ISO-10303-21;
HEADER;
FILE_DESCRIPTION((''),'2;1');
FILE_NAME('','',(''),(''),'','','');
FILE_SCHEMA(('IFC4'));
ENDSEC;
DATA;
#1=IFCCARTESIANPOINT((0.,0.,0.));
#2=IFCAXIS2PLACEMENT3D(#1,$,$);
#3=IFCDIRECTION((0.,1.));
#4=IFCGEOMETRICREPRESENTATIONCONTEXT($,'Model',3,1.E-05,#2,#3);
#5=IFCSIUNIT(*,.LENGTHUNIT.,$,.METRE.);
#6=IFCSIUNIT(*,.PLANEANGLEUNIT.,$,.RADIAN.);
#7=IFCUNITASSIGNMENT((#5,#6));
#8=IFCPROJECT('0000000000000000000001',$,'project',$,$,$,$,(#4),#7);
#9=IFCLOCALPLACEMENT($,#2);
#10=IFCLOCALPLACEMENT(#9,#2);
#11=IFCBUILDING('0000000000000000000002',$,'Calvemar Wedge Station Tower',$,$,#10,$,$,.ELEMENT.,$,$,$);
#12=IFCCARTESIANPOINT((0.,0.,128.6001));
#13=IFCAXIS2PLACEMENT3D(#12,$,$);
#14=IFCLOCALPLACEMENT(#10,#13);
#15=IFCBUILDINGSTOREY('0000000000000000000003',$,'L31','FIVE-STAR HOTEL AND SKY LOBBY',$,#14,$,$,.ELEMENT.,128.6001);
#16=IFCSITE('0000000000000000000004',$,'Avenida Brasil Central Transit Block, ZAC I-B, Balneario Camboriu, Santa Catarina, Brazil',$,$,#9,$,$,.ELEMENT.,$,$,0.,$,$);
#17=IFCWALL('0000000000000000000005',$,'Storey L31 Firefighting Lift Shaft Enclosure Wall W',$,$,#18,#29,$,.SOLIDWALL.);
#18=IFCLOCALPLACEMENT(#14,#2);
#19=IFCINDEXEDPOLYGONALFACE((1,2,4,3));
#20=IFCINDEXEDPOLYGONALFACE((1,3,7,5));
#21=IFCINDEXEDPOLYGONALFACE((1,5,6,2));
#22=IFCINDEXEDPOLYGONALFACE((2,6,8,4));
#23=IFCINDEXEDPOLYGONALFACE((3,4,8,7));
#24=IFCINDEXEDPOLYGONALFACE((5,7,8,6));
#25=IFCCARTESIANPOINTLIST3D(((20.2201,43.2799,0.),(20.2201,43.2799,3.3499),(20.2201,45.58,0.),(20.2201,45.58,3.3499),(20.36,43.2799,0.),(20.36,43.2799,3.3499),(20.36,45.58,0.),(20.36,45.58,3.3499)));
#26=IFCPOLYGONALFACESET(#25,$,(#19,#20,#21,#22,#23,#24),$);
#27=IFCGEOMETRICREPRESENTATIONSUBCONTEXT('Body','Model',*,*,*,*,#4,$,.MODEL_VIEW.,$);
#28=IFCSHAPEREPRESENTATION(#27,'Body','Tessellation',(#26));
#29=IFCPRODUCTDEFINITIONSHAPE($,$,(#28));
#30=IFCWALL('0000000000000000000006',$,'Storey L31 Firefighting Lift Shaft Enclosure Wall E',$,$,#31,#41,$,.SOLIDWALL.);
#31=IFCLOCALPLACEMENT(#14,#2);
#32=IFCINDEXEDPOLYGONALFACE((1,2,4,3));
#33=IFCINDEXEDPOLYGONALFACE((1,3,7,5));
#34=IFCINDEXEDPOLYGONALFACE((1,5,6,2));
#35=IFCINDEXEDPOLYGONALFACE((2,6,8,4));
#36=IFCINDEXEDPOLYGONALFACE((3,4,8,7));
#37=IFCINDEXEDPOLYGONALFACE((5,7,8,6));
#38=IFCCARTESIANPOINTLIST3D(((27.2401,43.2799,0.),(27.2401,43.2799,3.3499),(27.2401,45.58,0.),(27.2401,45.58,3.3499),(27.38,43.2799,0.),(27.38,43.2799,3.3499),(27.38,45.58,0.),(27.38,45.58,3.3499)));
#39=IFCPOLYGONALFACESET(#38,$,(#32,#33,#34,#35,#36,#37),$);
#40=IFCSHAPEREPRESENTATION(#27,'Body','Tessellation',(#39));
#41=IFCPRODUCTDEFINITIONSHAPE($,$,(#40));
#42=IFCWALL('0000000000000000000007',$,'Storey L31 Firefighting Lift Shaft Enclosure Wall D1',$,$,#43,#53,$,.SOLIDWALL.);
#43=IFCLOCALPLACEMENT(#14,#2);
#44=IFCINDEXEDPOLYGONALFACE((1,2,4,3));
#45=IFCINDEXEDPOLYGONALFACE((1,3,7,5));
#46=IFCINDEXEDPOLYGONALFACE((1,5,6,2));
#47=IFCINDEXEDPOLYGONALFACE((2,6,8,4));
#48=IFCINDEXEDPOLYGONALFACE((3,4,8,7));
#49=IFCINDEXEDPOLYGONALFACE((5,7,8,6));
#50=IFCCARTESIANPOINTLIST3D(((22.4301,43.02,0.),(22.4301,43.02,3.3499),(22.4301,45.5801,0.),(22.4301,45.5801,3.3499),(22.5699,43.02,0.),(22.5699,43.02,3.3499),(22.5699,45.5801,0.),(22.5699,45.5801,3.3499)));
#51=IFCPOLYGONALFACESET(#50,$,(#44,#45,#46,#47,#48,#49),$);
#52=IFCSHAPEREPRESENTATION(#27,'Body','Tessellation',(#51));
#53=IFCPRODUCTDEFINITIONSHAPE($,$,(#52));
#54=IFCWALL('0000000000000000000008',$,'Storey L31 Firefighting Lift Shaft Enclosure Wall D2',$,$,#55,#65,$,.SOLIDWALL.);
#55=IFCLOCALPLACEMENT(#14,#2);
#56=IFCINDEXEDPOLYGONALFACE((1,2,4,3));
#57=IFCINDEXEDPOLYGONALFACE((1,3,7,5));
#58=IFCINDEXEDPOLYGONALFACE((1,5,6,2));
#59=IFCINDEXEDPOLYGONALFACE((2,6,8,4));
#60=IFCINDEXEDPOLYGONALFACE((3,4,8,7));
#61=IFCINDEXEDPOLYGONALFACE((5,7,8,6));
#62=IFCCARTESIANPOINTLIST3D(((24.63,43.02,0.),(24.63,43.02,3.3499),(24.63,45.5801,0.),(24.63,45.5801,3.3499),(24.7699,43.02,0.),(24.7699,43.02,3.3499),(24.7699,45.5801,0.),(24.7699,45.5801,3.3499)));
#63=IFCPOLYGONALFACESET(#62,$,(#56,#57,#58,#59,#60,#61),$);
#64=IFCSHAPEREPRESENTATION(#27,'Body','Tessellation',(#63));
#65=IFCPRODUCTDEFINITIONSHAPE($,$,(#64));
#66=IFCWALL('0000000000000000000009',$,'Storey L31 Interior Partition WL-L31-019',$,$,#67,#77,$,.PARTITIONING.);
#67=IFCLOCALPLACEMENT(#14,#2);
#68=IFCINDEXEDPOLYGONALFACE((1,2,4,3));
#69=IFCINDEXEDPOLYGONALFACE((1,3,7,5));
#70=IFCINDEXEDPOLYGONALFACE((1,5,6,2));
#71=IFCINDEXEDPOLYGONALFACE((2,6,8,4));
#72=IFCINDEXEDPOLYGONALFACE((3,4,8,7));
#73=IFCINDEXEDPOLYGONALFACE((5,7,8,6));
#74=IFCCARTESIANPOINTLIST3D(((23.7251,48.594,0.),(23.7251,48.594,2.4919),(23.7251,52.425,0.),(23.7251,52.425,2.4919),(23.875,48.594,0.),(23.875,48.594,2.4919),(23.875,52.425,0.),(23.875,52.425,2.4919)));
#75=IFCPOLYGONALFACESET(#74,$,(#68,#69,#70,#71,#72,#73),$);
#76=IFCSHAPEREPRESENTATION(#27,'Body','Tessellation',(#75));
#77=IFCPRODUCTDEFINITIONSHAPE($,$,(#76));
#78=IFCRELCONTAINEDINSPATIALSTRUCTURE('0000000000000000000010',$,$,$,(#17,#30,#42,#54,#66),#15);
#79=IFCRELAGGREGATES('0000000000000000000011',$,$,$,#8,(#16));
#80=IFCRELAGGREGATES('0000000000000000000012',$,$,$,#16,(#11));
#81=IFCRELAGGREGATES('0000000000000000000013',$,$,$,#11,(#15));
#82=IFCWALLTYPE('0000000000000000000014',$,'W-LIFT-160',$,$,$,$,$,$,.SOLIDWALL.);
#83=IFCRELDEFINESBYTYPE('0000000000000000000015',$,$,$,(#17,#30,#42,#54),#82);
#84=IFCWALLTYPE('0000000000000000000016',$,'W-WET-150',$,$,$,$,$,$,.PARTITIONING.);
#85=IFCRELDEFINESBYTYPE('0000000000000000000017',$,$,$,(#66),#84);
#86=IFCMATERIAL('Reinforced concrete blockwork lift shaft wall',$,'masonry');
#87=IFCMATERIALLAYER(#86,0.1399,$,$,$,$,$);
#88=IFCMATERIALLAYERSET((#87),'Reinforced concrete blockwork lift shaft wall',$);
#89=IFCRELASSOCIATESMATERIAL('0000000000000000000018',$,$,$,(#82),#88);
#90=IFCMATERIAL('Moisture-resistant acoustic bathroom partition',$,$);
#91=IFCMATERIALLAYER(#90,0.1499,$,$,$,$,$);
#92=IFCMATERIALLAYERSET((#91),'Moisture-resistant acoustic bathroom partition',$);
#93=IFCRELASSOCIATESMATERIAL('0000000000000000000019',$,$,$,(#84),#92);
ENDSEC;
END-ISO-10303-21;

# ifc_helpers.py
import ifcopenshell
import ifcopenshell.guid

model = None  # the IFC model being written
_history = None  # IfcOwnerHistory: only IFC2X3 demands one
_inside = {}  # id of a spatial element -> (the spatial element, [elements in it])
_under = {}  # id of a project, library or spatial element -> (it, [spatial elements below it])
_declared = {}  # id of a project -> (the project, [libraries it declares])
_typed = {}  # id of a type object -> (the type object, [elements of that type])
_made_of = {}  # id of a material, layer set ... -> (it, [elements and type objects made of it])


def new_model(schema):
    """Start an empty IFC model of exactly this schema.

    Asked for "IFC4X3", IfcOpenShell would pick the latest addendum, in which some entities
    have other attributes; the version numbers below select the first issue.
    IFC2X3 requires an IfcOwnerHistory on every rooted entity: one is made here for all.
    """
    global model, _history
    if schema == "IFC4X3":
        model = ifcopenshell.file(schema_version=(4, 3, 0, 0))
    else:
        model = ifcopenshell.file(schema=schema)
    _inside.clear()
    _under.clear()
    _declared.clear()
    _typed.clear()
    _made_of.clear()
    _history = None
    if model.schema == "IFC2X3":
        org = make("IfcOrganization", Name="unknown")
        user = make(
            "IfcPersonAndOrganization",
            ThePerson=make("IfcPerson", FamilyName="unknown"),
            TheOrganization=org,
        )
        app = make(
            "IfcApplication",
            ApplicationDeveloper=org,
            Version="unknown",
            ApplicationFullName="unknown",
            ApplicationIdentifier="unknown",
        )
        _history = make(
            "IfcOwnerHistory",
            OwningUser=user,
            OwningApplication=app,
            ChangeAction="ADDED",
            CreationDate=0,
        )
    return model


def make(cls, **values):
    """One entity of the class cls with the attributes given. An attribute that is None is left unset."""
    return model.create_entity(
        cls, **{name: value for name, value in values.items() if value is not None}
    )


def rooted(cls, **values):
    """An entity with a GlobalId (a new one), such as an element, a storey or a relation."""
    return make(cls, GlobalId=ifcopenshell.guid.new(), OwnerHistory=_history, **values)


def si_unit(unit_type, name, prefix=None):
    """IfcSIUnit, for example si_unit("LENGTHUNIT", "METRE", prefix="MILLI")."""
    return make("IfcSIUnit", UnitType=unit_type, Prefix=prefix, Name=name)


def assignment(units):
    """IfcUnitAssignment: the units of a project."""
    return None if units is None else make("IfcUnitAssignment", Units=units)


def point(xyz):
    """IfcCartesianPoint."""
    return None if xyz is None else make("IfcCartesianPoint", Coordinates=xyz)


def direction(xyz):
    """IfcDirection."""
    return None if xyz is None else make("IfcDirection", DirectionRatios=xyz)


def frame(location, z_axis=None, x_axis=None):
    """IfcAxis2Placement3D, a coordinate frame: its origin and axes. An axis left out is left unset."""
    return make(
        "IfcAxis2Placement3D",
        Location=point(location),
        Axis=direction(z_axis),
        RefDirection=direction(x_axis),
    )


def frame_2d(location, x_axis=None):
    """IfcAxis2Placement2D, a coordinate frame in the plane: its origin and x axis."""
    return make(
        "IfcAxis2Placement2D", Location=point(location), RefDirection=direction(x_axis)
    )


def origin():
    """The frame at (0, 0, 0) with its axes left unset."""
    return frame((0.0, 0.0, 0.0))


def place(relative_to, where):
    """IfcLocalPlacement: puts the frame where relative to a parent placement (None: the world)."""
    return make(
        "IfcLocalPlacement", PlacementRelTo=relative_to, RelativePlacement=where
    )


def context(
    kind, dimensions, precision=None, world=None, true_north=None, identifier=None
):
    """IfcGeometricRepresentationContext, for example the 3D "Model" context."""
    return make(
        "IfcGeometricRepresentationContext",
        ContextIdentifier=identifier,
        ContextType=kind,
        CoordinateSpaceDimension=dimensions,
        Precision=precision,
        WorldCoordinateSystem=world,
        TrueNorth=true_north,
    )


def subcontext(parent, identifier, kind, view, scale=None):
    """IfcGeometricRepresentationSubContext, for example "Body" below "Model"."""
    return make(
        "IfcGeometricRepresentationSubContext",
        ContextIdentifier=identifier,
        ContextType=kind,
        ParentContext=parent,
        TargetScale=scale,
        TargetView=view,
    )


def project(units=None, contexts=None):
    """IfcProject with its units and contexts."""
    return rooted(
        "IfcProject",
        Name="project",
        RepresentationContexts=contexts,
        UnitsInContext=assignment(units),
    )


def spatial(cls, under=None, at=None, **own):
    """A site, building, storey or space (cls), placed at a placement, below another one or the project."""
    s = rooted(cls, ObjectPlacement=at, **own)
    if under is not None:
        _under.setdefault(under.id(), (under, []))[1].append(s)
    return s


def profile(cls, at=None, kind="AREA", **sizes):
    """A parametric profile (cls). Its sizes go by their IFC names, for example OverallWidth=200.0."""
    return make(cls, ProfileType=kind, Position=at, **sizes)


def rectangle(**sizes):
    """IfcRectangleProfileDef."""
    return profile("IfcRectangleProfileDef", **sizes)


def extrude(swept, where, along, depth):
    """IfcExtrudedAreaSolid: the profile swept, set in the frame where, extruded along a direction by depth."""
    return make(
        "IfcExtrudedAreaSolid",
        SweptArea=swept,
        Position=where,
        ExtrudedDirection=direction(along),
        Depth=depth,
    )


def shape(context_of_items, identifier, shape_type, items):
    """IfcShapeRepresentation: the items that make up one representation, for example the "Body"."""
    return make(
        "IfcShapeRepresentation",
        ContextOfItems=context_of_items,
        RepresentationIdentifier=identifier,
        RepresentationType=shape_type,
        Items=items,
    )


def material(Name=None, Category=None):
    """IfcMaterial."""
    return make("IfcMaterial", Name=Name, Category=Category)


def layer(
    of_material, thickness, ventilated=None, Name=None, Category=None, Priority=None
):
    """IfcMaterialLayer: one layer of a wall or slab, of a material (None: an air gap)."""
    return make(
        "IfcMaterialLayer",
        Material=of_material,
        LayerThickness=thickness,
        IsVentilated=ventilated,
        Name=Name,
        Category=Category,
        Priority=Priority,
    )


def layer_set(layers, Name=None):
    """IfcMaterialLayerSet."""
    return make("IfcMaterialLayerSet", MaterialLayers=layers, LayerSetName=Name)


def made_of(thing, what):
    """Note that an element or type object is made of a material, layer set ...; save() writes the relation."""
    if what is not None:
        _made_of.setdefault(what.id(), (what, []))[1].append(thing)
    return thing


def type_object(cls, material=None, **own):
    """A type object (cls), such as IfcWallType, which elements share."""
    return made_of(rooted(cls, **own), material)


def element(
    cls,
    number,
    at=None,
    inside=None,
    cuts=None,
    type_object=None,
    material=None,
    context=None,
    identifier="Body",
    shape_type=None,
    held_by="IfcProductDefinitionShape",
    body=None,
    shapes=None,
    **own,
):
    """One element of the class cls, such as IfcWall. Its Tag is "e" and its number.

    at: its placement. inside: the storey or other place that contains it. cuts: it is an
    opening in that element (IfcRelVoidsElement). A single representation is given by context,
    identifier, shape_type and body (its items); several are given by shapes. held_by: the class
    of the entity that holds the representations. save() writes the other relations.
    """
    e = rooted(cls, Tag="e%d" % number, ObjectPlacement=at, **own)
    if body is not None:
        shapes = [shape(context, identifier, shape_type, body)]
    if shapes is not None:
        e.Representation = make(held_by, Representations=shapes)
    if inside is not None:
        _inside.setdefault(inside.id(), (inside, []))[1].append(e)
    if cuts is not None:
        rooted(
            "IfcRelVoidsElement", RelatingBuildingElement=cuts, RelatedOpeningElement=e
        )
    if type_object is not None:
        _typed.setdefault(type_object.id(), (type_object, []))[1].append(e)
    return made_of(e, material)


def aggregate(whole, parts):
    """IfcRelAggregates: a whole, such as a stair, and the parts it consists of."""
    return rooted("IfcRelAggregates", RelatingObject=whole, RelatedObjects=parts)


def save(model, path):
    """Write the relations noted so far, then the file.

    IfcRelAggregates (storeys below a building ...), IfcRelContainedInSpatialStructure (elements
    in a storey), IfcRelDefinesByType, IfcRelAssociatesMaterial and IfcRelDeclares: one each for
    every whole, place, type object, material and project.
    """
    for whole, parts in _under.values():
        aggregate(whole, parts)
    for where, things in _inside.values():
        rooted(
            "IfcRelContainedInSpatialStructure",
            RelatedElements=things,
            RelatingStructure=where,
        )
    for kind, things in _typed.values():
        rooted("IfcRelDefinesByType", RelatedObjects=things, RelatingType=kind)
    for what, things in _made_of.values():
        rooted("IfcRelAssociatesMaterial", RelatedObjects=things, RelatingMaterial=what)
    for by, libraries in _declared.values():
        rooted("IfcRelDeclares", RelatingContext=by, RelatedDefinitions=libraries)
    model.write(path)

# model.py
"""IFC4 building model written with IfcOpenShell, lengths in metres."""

from ifc_helpers import new_model, si_unit, direction, frame, frame_2d, origin, place, context, subcontext, project, spatial, rectangle, extrude, material, layer, layer_set, type_object, element, save


model = new_model("IFC4")

# Units and contexts
model_context = context("Model", 3, precision=1e-05, world=origin(), true_north=direction((0.0, 1.0)))
body_context = subcontext(model_context, "Body", "Model", "MODEL_VIEW")
ifc_project = project(units=[si_unit("LENGTHUNIT", "METRE"), si_unit("PLANEANGLEUNIT", "RADIAN")], contexts=[model_context])

# Site, building, storey
site_placement = place(None, origin())
site = spatial("IfcSite", under=ifc_project, at=site_placement, Name="Avenida Brasil Central Transit Block, ZAC I-B, Balneario Camboriu, Santa Catarina, Brazil", CompositionType="ELEMENT", RefElevation=0.0)
building_placement = place(site_placement, origin())
building = spatial("IfcBuilding", under=site, at=building_placement, Name="Calvemar Wedge Station Tower", CompositionType="ELEMENT")
storey_placement = place(building_placement, frame((0.0, 0.0, 128.6001)))
storey = spatial("IfcBuildingStorey", under=building, at=storey_placement, Name="L31", Description="FIVE-STAR HOTEL AND SKY LOBBY", CompositionType="ELEMENT", Elevation=128.6001)

# Walls
ifc_material_1 = material(Name="Reinforced concrete blockwork lift shaft wall", Category="masonry")
ifc_layer_1 = layer(ifc_material_1, 0.1399)
ifc_layer_set_1 = layer_set([ifc_layer_1], Name="Reinforced concrete blockwork lift shaft wall")
wall_type_1 = type_object("IfcWallType", Name="W-LIFT-160", PredefinedType="SOLIDWALL", material=ifc_layer_set_1)
for number, where, z_axis, x_axis, name in (
    (1, (20.29, 43.28, 0.0), (0.0, 0.0, 1.0), (0.0, 1.0, 0.0), "Storey L31 Firefighting Lift Shaft Enclosure Wall W"),
    (2, (27.3101, 43.28, 0.0), (0.0, 0.0, 1.0), (0.0, 1.0, 0.0), "Storey L31 Firefighting Lift Shaft Enclosure Wall E"),
):
    element("IfcWall", number, at=place(storey_placement, frame(where, z_axis=z_axis, x_axis=x_axis)), inside=storey, type_object=wall_type_1, Name=name, PredefinedType="SOLIDWALL", context=body_context, shape_type="SweptSolid", body=[
        extrude(rectangle(XDim=2.3, YDim=0.1399, at=frame_2d((1.1499, 0.0))), origin(), (0.0, 0.0, 1.0), 3.3499),
    ])
for number, where, z_axis, x_axis, name in (
    (3, (22.5, 43.02, 0.0), (0.0, 0.0, 1.0), (0.0, 1.0, 0.0), "Storey L31 Firefighting Lift Shaft Enclosure Wall D1"),
    (4, (24.7, 43.02, 0.0), (0.0, 0.0, 1.0), (0.0, 1.0, 0.0), "Storey L31 Firefighting Lift Shaft Enclosure Wall D2"),
):
    element("IfcWall", number, at=place(storey_placement, frame(where, z_axis=z_axis, x_axis=x_axis)), inside=storey, type_object=wall_type_1, Name=name, PredefinedType="SOLIDWALL", context=body_context, shape_type="SweptSolid", body=[
        extrude(rectangle(XDim=2.5601, YDim=0.1399, at=frame_2d((1.28, 0.0))), origin(), (0.0, 0.0, 1.0), 3.3499),
    ])
ifc_material_2 = material(Name="Moisture-resistant acoustic bathroom partition")
ifc_layer_2 = layer(ifc_material_2, 0.1499)
ifc_layer_set_2 = layer_set([ifc_layer_2], Name="Moisture-resistant acoustic bathroom partition")
wall_type_2 = type_object("IfcWallType", Name="W-WET-150", PredefinedType="PARTITIONING", material=ifc_layer_set_2)
wall_1_placement = place(storey_placement, frame((23.8, 52.425, 0.0), z_axis=(0.0, 0.0, 1.0), x_axis=(0.0, -1.0, 0.0)))
element("IfcWall", 5, at=wall_1_placement, inside=storey, type_object=wall_type_2, Name="Storey L31 Interior Partition WL-L31-019", PredefinedType="PARTITIONING", context=body_context, shape_type="SweptSolid", body=[
    extrude(rectangle(XDim=3.8311, YDim=0.1499, at=frame_2d((1.9155, 0.0))), origin(), (0.0, 0.0, 1.0), 2.4919),
])

save(model, "model.ifc")
